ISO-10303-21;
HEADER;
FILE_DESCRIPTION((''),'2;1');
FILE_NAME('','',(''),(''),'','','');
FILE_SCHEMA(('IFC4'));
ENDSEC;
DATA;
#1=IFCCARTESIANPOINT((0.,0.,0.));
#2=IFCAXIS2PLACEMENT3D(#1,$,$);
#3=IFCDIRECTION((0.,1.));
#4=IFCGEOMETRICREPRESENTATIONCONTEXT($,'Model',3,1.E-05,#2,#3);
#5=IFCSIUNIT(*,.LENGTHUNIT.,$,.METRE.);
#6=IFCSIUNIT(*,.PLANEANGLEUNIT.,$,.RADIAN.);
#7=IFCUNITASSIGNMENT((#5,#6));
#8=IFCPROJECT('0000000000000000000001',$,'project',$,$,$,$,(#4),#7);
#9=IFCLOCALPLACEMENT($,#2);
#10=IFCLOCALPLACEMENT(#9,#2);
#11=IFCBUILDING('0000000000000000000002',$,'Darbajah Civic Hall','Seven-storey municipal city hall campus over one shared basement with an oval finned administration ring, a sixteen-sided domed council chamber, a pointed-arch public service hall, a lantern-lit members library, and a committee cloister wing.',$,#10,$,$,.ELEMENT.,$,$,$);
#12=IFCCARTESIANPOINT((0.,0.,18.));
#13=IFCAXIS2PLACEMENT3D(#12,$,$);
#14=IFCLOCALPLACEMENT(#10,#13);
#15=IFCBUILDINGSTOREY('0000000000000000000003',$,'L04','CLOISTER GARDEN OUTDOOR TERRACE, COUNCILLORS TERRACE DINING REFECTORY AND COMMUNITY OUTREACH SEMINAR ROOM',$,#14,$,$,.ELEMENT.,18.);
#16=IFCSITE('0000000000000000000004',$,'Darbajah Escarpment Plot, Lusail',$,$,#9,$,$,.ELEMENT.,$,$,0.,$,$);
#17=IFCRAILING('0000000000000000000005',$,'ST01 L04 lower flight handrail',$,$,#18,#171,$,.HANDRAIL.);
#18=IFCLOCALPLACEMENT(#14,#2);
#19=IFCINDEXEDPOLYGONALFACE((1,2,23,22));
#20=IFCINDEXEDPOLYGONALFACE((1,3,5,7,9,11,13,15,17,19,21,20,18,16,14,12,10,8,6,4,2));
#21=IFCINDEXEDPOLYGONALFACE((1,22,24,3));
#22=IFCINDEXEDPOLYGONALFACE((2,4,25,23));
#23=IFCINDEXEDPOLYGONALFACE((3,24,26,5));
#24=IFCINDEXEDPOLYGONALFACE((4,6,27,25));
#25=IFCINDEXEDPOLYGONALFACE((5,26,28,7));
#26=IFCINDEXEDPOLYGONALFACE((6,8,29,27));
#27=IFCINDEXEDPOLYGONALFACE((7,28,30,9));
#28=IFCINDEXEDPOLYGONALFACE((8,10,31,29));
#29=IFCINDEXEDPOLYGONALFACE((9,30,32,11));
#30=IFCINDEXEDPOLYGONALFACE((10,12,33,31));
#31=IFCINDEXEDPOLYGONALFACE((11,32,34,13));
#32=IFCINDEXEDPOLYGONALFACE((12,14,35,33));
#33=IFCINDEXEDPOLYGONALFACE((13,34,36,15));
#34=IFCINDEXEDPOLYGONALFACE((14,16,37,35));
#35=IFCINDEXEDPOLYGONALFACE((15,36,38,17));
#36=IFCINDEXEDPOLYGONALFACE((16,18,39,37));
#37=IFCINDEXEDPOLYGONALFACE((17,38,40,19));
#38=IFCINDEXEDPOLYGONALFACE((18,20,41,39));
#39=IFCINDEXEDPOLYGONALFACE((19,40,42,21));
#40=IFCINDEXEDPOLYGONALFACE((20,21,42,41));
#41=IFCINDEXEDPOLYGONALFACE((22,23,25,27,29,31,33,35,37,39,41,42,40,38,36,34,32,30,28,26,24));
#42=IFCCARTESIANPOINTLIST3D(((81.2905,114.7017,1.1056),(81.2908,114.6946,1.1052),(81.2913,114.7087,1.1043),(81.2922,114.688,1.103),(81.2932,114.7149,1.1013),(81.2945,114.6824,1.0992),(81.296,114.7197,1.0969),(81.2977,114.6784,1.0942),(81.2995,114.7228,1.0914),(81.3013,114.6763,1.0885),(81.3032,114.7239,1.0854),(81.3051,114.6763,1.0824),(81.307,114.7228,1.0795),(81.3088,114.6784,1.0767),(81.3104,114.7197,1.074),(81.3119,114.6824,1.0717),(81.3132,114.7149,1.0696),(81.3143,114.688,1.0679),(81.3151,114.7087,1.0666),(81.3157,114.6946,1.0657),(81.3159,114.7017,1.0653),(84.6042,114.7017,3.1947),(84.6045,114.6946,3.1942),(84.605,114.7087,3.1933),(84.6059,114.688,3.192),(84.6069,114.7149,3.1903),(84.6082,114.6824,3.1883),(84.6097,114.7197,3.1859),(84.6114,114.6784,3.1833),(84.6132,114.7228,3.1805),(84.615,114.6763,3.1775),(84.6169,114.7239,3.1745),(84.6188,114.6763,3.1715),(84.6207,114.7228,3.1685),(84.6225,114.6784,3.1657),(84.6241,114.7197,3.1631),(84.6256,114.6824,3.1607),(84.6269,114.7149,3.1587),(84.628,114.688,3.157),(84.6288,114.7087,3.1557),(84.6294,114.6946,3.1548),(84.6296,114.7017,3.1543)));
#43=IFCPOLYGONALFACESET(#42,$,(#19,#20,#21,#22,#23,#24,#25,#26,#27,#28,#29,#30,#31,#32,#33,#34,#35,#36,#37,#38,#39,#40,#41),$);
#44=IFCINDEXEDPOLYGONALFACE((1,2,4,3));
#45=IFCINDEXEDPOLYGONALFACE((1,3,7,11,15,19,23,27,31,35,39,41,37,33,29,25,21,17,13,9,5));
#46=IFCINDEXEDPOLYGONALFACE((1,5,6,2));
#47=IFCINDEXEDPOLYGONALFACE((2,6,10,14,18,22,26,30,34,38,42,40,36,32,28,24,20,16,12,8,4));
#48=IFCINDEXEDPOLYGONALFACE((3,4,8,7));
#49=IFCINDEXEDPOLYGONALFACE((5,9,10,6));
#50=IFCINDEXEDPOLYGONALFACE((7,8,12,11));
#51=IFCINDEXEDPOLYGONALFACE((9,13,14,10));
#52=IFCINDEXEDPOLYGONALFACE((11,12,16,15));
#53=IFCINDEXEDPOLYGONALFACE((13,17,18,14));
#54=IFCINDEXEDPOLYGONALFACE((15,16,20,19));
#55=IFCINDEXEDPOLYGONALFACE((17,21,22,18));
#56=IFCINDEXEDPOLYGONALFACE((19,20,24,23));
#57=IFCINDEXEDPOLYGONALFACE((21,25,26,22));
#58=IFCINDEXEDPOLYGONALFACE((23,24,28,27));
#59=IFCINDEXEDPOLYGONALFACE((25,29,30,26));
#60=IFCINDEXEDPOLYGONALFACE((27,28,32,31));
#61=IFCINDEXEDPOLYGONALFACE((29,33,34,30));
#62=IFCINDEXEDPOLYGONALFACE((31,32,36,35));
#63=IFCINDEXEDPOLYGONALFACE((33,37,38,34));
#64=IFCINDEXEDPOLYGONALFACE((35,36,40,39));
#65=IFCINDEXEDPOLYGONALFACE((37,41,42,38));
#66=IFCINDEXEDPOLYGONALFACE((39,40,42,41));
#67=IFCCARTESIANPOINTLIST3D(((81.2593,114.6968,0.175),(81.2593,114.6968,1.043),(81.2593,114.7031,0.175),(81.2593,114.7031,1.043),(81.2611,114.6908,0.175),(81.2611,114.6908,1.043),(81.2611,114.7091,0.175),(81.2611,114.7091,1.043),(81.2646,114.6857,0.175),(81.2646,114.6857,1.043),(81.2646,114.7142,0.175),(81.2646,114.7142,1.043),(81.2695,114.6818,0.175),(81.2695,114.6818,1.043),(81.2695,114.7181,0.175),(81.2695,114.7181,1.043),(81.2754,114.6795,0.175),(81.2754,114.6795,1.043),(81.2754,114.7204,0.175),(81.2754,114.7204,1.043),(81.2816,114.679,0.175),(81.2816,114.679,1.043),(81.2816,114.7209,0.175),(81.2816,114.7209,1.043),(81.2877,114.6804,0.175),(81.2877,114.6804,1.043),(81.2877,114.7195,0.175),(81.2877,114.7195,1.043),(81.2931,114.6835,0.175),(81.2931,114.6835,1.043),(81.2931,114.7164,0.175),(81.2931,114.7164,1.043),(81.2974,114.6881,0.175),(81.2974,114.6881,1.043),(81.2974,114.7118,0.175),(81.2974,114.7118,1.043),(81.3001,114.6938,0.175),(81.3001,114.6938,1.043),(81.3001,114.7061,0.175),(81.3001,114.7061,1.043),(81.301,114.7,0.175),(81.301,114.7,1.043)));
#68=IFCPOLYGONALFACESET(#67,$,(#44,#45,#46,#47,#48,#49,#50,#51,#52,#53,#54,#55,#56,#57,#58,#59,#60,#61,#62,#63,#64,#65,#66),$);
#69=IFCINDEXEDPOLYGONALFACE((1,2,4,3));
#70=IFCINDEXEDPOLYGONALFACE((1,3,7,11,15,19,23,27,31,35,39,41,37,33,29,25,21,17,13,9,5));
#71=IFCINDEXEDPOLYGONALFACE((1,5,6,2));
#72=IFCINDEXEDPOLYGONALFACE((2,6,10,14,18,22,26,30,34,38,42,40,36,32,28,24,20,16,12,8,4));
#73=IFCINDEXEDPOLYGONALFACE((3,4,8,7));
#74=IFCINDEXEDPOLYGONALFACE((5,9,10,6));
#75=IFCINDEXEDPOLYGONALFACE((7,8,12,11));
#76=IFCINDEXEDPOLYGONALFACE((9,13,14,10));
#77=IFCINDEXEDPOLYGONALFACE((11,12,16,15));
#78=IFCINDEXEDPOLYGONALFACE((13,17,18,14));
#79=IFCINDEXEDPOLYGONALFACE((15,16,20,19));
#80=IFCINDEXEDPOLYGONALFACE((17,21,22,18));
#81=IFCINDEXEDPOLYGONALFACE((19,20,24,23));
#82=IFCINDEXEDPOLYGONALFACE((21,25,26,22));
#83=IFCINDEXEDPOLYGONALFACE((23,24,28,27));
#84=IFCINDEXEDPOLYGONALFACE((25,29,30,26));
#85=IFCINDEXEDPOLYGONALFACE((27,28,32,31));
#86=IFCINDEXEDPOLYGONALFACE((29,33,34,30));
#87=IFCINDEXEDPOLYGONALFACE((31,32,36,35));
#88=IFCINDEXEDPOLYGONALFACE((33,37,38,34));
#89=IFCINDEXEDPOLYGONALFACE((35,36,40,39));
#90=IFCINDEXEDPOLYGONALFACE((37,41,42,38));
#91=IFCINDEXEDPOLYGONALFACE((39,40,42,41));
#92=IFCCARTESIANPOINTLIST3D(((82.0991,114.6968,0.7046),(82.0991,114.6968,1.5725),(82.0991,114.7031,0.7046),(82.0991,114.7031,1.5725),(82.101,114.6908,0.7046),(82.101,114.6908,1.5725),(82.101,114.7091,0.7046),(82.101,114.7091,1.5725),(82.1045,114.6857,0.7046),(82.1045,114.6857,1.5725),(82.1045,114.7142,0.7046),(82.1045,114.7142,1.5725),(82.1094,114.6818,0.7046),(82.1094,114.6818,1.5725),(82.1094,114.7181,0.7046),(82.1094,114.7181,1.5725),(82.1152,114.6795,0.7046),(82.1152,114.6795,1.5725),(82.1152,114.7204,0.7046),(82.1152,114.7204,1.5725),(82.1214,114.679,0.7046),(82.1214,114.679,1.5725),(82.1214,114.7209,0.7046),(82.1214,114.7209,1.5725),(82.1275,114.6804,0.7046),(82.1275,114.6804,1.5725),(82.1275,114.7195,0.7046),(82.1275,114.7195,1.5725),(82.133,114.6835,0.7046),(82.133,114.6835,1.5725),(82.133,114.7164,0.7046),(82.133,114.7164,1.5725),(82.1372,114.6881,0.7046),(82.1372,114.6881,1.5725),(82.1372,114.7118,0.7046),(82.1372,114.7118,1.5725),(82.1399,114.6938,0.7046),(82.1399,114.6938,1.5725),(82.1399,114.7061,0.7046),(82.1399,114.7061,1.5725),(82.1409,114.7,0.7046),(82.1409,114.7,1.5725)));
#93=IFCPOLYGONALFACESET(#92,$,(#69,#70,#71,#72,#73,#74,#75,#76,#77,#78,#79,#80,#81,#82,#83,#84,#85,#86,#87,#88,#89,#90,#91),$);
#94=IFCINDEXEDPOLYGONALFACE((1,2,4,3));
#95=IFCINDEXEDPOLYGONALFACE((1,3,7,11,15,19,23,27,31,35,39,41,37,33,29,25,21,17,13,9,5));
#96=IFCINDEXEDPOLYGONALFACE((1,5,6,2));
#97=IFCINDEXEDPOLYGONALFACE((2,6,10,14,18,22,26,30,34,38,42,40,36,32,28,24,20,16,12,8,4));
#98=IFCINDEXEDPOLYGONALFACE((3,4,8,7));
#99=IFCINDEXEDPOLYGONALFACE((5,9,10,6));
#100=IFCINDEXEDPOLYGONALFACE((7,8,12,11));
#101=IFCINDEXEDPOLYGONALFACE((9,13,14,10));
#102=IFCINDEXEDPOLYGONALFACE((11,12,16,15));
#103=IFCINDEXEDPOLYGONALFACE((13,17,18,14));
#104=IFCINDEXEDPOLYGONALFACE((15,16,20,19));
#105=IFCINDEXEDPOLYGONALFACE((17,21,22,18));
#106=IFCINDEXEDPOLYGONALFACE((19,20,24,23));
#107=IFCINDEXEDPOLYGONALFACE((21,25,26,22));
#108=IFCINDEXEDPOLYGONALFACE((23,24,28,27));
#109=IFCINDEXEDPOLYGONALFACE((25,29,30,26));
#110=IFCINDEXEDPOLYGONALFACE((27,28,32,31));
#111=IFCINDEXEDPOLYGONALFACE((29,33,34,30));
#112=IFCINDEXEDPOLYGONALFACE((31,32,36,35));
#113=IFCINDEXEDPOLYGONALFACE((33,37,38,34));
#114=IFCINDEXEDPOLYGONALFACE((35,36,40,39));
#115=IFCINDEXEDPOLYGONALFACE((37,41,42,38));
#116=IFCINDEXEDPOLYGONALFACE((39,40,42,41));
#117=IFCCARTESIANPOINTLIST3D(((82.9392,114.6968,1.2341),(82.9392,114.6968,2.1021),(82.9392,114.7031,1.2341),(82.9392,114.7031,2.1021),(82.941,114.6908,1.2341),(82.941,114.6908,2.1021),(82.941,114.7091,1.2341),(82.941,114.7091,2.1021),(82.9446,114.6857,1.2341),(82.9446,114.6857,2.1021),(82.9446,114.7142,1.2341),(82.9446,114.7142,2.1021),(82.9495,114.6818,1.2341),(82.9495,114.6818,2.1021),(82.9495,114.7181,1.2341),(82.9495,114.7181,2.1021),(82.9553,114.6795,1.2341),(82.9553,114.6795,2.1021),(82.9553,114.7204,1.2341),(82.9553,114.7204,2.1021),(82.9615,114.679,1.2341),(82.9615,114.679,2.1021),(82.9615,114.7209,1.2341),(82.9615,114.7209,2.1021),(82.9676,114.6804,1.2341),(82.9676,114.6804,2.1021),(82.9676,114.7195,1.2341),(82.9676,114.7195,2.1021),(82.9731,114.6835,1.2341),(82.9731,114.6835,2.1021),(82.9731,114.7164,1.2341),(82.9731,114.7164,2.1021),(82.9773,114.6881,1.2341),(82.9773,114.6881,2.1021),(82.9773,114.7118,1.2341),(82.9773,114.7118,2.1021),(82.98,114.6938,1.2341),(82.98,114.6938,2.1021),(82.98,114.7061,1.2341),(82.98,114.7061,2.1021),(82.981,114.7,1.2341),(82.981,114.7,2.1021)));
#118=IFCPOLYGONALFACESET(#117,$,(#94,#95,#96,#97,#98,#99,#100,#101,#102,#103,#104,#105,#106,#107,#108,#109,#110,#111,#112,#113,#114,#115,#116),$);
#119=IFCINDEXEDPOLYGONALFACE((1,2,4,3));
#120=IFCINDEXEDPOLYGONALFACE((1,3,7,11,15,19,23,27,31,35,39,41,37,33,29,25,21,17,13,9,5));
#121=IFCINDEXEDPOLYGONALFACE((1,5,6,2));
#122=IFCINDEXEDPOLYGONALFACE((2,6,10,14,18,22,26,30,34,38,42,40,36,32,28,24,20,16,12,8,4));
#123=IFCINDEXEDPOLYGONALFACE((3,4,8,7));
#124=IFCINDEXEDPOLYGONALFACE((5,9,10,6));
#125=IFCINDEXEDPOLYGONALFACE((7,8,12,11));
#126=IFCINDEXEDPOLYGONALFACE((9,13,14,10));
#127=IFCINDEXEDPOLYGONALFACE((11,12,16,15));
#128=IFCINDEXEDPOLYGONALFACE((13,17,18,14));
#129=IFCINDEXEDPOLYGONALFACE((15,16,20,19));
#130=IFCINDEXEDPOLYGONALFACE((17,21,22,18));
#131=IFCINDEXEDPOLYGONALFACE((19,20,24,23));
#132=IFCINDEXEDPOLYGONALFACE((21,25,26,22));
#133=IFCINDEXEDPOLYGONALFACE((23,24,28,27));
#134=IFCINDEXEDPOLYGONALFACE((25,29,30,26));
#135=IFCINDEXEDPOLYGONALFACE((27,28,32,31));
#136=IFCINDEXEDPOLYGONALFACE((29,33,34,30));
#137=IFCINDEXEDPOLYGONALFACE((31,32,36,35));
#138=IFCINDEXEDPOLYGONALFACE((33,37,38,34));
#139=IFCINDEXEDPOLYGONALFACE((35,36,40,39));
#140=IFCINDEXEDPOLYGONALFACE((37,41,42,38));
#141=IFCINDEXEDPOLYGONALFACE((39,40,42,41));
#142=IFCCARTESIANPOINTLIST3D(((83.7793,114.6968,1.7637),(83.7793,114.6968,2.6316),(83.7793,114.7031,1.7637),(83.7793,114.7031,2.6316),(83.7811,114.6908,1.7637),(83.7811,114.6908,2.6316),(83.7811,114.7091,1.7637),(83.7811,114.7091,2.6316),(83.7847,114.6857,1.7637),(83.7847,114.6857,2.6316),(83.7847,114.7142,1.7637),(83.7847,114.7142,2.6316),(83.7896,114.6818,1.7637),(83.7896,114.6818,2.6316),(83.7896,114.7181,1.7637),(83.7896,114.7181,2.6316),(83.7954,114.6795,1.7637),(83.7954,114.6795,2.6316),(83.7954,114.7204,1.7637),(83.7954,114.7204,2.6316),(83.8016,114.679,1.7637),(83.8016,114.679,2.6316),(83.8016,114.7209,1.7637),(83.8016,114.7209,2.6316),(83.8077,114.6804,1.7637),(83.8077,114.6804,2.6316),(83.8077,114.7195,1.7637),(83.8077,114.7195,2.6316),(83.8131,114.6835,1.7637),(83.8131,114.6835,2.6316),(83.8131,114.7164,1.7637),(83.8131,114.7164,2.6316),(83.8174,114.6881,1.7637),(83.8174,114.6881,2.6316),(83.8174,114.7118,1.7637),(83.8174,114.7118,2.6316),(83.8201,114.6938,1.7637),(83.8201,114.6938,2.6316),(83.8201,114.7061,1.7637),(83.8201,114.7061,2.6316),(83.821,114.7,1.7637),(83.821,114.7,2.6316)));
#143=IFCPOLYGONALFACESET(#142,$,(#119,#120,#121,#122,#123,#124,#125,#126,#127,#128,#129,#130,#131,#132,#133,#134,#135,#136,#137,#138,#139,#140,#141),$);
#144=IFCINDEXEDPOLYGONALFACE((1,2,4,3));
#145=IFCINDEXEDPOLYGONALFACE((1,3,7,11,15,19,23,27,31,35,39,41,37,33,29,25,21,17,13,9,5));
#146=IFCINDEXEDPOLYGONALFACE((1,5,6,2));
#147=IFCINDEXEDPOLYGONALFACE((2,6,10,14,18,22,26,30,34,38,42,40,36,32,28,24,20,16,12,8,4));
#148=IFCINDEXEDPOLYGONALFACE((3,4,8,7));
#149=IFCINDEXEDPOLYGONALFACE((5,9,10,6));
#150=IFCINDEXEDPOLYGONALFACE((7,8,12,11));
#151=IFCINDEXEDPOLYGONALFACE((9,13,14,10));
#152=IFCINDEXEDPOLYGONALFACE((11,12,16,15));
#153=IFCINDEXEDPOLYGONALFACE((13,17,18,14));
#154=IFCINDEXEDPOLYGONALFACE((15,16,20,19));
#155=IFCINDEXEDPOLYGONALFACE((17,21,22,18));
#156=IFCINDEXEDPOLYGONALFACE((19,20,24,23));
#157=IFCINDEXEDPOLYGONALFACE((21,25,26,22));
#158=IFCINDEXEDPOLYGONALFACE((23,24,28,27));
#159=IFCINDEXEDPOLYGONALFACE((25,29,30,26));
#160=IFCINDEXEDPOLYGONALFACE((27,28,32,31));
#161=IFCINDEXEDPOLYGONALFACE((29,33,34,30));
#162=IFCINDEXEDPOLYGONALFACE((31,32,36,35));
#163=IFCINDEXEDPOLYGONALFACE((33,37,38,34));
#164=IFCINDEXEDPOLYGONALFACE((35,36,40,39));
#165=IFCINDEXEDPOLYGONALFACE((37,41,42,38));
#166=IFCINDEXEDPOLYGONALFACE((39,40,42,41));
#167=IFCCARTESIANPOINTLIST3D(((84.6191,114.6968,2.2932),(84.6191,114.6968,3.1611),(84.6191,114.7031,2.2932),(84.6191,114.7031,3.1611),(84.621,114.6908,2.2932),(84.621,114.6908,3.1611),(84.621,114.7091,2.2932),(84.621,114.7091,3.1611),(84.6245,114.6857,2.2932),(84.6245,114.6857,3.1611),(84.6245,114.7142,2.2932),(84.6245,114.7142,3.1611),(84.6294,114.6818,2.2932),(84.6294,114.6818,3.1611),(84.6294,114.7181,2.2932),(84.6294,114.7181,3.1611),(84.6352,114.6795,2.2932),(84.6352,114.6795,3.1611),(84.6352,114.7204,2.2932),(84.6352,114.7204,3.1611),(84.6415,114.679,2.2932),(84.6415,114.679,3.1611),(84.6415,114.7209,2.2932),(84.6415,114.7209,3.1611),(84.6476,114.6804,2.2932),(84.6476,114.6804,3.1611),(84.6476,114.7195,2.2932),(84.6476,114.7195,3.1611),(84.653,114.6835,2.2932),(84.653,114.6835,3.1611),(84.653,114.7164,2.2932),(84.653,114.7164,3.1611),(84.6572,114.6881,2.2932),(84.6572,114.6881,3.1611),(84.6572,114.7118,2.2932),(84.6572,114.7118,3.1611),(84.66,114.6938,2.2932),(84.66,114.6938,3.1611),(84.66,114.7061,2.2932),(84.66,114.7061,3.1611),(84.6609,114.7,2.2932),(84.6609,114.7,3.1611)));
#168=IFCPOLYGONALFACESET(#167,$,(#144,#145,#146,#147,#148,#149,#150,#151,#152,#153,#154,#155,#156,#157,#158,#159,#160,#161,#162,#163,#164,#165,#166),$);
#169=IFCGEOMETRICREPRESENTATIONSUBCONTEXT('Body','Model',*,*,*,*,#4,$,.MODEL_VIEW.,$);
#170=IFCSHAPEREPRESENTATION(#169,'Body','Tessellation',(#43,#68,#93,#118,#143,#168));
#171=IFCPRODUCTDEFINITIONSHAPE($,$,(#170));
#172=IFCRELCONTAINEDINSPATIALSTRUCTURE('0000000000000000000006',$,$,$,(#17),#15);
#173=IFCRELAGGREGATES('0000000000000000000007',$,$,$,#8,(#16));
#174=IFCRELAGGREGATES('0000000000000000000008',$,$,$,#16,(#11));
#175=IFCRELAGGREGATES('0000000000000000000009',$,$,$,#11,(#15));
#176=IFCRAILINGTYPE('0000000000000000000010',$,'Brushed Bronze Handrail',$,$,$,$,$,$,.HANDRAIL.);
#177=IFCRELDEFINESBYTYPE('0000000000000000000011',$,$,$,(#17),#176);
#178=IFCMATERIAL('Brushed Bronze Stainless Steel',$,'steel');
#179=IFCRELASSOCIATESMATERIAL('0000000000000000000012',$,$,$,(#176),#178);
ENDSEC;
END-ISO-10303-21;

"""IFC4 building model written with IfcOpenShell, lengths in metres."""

from ifc_helpers import new_model, si_unit, direction, frame, origin, origin_2d, place, context, subcontext, project, spatial, circle, extrude, material, type_object, element, save


model = new_model("IFC4")

# Units and contexts
model_context = context("Model", 3, precision=1e-05, world=origin(), true_north=direction((0.0, 1.0)))
body_context = subcontext(model_context, "Body", "Model", "MODEL_VIEW")
ifc_project = project(units=[si_unit("LENGTHUNIT", "METRE"), si_unit("PLANEANGLEUNIT", "RADIAN")], contexts=[model_context])

# Site, building, storey
site_placement = place(None, origin())
site = spatial("IfcSite", under=ifc_project, at=site_placement, Name="Darbajah Escarpment Plot, Lusail", CompositionType="ELEMENT", RefElevation=0.0)
building_placement = place(site_placement, origin())
building = spatial("IfcBuilding", under=site, at=building_placement, Name="Darbajah Civic Hall", Description="Seven-storey municipal city hall campus over one shared basement with an oval finned administration ring, a sixteen-sided domed council chamber, a pointed-arch public service hall, a lantern-lit members library, and a committee cloister wing.", CompositionType="ELEMENT")
storey_placement = place(building_placement, frame((0.0, 0.0, 18.0)))
storey = spatial("IfcBuildingStorey", under=building, at=storey_placement, Name="L04", Description="CLOISTER GARDEN OUTDOOR TERRACE, COUNCILLORS TERRACE DINING REFECTORY AND COMMUNITY OUTREACH SEMINAR ROOM", CompositionType="ELEMENT", Elevation=18.0)

# Railing
ifc_material_1 = material(Name="Brushed Bronze Stainless Steel", Category="steel")
railing_type_1 = type_object("IfcRailingType", Name="Brushed Bronze Handrail", PredefinedType="HANDRAIL", material=ifc_material_1)
railing_1_placement = place(storey_placement, frame((81.28, 114.7, 0.175)))
element("IfcRailing", 1, at=railing_1_placement, inside=storey, type_object=railing_type_1, Name="ST01 L04 lower flight handrail", PredefinedType="HANDRAIL", context=body_context, shape_type="SweptSolid", body=[
    extrude(circle(Radius=0.0239, at=origin_2d()), frame((0.0232, 0.0, 0.9104), z_axis=(0.845927, 0.0, 0.533299), x_axis=(0.0, 1.0, 0.0)), (0.0, 0.0, 1.0), 3.9172),
    extrude(circle(Radius=0.021, at=origin_2d()), origin(), (0.0, 0.0, 1.0), 0.8679),
    extrude(circle(Radius=0.021, at=origin_2d()), frame((0.8398, 0.0, 0.5295)), (0.0, 0.0, 1.0), 0.8679),
    extrude(circle(Radius=0.021, at=origin_2d()), frame((1.6799, 0.0, 1.0591)), (0.0, 0.0, 1.0), 0.8679),
    extrude(circle(Radius=0.021, at=origin_2d()), frame((2.52, 0.0, 1.5886)), (0.0, 0.0, 1.0), 0.8679),
    extrude(circle(Radius=0.021, at=origin_2d()), frame((3.3599, 0.0, 2.1182)), (0.0, 0.0, 1.0), 0.8679),
])

save(model, "model.ifc")
